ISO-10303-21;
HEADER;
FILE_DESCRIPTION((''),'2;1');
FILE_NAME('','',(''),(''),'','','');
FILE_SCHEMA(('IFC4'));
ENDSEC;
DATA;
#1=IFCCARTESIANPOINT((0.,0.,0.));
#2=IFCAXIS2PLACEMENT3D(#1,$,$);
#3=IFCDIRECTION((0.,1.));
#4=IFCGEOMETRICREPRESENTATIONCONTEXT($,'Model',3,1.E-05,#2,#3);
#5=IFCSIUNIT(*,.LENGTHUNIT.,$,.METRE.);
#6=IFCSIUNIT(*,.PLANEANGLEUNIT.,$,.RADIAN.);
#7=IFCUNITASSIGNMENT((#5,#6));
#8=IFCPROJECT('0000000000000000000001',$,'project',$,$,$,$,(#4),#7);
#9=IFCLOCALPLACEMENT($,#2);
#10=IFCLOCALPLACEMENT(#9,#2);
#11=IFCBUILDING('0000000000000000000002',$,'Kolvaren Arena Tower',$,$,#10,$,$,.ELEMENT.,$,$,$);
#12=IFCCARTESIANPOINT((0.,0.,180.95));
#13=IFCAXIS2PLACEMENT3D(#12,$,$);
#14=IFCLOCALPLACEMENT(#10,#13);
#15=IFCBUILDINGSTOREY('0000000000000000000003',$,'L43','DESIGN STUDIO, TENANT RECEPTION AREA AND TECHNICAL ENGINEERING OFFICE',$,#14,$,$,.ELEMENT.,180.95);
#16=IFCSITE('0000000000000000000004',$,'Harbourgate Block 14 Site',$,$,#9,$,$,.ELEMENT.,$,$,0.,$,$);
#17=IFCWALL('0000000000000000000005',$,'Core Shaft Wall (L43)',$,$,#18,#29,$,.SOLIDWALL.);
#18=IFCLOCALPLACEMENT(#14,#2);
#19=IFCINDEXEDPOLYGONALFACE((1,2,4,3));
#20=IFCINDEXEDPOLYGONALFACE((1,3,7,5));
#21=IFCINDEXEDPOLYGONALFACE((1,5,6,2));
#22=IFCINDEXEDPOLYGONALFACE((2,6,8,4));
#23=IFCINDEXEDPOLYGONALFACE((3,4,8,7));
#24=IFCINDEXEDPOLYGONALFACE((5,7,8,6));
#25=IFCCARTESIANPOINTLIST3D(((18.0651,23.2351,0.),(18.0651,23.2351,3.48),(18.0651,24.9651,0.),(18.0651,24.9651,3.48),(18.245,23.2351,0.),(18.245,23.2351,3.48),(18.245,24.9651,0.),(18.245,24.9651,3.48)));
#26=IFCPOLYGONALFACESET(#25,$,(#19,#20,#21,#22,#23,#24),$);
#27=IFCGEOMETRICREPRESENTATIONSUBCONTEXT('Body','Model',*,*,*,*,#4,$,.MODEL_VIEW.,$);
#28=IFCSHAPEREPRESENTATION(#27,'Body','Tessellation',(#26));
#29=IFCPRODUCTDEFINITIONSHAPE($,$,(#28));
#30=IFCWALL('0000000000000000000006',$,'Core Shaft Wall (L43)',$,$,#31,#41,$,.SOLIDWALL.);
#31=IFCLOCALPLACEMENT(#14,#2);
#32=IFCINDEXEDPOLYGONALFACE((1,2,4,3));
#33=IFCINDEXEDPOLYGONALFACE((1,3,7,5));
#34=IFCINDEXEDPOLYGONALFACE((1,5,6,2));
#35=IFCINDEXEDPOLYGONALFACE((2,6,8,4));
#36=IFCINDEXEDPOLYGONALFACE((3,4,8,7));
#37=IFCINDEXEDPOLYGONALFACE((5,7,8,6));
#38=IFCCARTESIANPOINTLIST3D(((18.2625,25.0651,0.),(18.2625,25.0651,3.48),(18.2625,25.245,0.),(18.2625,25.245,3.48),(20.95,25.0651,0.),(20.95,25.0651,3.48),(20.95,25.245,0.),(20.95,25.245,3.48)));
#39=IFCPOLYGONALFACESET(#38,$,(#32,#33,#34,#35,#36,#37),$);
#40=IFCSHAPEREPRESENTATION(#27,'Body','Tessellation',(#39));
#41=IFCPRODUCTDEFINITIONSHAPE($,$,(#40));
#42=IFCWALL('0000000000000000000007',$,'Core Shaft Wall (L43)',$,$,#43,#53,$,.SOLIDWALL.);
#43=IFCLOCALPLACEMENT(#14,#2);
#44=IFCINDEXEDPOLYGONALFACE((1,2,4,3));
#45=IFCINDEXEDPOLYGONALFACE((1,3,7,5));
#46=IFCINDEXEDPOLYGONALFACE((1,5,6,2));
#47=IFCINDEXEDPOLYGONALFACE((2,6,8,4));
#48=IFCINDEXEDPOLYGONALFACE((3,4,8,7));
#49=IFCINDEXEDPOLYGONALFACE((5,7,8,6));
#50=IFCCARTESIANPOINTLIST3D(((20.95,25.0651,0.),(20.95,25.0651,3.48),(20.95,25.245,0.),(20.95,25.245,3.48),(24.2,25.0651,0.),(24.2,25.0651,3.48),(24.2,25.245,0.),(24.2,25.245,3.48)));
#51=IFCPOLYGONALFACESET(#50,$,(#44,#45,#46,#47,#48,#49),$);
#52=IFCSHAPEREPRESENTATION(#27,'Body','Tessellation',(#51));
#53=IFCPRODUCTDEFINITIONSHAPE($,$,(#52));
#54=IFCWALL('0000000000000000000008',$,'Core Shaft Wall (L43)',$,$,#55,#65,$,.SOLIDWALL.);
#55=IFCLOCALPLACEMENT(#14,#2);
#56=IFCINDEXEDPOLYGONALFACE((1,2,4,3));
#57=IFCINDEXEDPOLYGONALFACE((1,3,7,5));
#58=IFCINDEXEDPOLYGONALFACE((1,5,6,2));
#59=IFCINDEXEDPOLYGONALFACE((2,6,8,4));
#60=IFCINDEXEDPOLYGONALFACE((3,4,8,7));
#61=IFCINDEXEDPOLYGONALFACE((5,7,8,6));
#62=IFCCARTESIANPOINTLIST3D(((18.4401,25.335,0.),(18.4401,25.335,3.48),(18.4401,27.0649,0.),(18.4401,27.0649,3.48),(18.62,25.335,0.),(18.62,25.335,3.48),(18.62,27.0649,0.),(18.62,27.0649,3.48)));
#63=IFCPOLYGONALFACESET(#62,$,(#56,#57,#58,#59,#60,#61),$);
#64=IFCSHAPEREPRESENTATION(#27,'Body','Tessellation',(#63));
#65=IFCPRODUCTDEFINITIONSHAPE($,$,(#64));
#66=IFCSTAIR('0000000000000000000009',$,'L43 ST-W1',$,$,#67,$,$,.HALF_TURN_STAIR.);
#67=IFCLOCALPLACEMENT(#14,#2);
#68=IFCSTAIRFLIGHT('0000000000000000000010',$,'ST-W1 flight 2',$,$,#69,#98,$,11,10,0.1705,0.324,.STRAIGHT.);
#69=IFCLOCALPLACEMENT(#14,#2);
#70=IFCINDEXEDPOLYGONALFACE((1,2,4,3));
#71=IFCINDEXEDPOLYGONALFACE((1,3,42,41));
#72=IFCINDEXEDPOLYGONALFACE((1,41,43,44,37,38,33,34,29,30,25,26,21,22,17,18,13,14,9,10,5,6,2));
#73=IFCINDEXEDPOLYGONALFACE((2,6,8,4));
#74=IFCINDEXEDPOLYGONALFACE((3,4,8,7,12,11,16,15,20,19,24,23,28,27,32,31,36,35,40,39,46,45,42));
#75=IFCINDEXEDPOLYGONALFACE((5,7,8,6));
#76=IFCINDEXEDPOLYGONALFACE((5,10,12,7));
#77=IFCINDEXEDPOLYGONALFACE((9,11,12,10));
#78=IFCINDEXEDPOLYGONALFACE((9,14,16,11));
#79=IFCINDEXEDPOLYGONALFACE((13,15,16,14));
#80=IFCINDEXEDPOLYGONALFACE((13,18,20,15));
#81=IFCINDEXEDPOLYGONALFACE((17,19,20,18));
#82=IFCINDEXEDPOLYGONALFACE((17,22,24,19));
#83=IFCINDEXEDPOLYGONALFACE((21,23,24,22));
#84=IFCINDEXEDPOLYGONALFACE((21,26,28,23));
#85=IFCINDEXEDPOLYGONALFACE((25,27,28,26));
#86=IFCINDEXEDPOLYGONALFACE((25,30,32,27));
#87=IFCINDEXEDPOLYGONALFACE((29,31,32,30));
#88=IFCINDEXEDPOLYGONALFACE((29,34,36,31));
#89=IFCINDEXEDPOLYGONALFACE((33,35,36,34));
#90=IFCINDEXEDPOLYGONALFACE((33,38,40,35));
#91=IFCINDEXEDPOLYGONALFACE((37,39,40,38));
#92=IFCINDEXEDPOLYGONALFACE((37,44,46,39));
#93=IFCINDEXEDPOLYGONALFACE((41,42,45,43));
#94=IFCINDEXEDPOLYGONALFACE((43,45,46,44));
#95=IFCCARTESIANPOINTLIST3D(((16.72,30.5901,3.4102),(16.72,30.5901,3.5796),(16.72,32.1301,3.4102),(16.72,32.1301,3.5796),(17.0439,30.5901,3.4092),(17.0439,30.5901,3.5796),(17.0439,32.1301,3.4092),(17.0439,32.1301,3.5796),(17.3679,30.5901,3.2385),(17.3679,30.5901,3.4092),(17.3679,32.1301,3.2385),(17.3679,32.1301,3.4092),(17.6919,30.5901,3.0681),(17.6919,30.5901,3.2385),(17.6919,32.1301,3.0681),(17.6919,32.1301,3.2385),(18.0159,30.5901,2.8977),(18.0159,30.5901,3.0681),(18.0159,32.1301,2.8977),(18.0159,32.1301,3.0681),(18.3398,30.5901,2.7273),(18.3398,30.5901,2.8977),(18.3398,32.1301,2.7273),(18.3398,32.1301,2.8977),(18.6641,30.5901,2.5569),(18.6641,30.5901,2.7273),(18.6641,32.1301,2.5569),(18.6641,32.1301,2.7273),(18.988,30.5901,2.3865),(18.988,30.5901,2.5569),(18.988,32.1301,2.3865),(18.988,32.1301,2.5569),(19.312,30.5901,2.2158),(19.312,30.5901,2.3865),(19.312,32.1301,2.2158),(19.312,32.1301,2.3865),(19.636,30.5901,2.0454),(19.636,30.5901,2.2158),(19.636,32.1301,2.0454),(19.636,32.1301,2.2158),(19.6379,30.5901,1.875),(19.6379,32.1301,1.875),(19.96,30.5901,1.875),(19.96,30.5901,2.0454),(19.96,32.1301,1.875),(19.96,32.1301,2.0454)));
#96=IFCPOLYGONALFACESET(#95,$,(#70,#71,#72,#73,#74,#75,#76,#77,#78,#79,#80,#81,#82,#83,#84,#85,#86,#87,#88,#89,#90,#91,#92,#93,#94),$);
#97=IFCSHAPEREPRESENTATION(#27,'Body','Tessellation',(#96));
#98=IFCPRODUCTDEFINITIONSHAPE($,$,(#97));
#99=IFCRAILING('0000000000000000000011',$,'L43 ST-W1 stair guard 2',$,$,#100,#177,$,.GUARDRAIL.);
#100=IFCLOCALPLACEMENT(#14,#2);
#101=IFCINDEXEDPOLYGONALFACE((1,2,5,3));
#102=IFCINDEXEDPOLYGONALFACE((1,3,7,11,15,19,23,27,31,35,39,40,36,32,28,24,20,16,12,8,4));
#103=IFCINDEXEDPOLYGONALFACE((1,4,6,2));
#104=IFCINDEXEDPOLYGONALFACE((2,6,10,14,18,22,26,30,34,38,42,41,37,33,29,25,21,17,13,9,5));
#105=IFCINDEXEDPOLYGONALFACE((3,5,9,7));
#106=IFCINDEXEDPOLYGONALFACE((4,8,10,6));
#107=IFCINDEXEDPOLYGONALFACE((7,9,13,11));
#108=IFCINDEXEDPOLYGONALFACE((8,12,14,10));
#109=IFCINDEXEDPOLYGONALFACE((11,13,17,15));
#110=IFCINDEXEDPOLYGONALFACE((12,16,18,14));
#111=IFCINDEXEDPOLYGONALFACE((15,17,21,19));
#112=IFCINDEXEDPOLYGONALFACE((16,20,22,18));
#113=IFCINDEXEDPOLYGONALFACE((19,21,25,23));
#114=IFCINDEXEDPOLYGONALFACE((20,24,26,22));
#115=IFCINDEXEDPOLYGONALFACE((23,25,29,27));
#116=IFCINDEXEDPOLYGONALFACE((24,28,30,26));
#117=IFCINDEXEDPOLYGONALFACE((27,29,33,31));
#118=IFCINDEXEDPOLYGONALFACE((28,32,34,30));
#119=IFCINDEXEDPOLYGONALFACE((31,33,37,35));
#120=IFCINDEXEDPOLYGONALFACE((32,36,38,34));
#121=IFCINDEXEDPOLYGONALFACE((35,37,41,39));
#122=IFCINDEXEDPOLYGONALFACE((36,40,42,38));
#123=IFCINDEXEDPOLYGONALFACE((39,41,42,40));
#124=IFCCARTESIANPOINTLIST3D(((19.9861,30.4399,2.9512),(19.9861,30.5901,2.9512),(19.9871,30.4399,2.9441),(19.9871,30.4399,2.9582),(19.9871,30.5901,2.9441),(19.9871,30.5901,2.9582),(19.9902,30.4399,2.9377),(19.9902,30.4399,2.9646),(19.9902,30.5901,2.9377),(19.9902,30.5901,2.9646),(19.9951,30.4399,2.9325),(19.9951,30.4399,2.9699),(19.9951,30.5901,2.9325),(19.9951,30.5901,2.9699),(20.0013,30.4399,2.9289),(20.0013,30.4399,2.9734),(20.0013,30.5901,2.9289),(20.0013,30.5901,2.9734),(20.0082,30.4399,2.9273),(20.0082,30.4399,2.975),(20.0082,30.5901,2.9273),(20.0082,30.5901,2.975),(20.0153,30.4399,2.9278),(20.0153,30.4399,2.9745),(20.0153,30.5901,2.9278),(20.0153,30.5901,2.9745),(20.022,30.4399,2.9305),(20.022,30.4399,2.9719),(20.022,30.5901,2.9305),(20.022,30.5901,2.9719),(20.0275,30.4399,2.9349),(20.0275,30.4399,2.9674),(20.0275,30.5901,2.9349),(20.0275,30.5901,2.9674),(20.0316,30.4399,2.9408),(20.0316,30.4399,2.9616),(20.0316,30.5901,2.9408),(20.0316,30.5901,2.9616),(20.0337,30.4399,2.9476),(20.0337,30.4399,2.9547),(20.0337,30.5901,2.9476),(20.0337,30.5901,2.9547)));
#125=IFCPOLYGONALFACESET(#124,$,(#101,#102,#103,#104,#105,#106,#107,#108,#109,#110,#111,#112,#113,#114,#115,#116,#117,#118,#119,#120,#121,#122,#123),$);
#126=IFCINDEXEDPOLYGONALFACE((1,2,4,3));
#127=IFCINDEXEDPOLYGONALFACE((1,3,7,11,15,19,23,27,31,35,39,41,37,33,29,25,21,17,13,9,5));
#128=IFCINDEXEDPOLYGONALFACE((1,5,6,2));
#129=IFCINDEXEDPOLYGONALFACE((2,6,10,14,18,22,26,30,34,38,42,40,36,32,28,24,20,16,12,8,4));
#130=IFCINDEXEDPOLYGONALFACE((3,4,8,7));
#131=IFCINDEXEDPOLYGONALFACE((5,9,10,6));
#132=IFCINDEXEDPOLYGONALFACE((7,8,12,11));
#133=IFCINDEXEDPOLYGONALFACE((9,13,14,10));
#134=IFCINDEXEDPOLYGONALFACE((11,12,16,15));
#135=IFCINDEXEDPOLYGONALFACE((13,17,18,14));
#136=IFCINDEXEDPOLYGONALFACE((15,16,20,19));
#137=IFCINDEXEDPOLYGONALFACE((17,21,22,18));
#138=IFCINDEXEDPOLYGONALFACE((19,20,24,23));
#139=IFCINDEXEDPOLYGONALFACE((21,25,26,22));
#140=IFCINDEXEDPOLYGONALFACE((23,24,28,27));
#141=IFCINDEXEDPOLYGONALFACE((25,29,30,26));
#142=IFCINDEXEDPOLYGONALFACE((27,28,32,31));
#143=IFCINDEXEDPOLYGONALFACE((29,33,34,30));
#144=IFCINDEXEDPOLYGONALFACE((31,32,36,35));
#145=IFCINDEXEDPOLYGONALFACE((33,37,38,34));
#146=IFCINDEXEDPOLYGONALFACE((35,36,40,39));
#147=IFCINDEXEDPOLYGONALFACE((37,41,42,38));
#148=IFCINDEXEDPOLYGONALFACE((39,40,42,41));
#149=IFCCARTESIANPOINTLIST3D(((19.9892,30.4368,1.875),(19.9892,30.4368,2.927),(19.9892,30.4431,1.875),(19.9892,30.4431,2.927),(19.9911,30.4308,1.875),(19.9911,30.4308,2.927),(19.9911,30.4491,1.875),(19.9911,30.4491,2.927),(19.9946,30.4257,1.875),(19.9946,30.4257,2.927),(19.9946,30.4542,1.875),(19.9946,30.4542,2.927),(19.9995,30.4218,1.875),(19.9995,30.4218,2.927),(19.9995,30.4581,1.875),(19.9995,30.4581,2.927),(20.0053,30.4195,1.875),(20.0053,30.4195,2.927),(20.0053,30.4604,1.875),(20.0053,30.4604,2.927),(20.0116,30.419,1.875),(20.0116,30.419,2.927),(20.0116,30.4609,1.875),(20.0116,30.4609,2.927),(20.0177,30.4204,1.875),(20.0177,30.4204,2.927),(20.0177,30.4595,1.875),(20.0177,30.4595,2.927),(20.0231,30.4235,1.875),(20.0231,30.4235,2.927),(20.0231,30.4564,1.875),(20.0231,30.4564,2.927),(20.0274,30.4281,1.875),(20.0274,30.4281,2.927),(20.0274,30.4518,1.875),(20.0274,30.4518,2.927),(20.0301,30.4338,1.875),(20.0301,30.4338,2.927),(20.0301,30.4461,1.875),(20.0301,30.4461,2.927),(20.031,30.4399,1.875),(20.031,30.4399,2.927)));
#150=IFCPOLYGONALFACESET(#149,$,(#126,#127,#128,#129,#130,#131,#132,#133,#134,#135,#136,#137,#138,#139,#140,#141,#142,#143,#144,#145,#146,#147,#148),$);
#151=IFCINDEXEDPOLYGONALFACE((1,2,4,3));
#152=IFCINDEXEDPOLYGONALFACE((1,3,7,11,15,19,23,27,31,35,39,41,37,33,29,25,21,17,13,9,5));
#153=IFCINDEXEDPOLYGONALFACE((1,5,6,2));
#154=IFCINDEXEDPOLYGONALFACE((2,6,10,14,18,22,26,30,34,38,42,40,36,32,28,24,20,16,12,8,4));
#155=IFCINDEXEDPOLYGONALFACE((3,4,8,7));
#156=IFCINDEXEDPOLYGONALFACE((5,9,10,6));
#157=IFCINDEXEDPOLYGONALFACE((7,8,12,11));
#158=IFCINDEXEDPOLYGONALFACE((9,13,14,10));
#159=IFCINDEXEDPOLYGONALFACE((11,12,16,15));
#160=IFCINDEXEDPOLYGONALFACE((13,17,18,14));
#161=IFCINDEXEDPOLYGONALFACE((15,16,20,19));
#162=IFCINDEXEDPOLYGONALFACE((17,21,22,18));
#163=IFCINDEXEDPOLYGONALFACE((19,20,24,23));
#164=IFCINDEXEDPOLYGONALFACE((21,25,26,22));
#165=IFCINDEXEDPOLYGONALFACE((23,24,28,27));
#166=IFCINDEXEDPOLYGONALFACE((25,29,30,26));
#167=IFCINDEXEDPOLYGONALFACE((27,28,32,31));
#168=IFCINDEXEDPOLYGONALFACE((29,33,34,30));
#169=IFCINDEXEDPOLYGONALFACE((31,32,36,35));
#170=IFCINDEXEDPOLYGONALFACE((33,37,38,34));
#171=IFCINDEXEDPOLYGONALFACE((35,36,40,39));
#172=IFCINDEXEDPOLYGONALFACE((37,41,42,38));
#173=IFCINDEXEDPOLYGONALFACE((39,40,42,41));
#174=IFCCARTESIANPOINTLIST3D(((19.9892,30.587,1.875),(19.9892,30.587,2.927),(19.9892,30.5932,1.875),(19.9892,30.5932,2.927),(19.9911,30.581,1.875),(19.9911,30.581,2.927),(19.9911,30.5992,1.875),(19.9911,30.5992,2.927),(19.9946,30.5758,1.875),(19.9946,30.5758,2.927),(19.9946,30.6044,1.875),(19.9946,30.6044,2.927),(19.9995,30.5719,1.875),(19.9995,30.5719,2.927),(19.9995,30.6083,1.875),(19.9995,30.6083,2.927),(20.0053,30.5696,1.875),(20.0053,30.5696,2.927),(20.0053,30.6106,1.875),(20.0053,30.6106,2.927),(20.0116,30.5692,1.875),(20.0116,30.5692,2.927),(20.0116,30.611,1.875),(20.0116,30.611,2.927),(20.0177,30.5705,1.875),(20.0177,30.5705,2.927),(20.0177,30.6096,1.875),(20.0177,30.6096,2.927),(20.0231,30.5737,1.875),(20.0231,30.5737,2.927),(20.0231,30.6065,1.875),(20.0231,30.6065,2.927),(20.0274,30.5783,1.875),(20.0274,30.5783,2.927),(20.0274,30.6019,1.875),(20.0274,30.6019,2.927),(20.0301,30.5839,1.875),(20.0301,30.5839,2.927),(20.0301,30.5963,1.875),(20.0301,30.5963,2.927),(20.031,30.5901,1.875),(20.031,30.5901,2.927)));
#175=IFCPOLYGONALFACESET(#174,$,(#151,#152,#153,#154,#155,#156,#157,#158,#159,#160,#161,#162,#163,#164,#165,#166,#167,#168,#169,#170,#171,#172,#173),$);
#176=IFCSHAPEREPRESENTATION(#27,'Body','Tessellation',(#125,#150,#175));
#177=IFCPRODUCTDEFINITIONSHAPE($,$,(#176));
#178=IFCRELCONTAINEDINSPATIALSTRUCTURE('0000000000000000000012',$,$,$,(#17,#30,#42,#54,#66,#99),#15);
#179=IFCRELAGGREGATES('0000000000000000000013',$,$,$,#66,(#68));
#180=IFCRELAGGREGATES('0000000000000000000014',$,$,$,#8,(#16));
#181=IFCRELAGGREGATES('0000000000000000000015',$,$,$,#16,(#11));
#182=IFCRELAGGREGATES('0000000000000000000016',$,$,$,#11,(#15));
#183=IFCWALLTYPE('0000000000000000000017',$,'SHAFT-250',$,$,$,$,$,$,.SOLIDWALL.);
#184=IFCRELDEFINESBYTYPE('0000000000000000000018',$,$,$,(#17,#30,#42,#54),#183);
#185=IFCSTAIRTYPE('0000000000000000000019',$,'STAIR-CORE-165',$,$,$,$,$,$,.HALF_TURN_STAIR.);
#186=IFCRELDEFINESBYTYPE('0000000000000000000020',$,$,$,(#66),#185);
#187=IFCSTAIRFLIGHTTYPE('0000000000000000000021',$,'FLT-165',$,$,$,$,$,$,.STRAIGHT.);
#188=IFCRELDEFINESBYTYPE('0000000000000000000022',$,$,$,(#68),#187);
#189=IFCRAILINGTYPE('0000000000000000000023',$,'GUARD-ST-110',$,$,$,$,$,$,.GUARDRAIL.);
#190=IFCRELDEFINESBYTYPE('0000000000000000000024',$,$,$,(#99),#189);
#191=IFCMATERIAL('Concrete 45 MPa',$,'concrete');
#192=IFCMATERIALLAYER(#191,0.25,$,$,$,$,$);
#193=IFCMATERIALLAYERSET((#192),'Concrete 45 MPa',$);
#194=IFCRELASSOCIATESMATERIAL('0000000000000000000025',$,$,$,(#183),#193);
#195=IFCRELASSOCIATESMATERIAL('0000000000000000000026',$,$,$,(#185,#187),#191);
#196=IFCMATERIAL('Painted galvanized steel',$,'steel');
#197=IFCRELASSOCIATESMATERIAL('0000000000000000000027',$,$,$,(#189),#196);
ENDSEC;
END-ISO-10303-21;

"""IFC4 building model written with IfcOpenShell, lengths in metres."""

from ifc_helpers import new_model, si_unit, direction, frame, frame_2d, origin, origin_2d, place, context, subcontext, project, spatial, polyline, rectangle, circle, outline, extrude, material, layer, layer_set, type_object, element, aggregate, save


model = new_model("IFC4")

# Units and contexts
model_context = context("Model", 3, precision=1e-05, world=origin(), true_north=direction((0.0, 1.0)))
body_context = subcontext(model_context, "Body", "Model", "MODEL_VIEW")
ifc_project = project(units=[si_unit("LENGTHUNIT", "METRE"), si_unit("PLANEANGLEUNIT", "RADIAN")], contexts=[model_context])

# Site, building, storey
site_placement = place(None, origin())
site = spatial("IfcSite", under=ifc_project, at=site_placement, Name="Harbourgate Block 14 Site", CompositionType="ELEMENT", RefElevation=0.0)
building_placement = place(site_placement, origin())
building = spatial("IfcBuilding", under=site, at=building_placement, Name="Kolvaren Arena Tower", CompositionType="ELEMENT")
storey_placement = place(building_placement, frame((0.0, 0.0, 180.95)))
storey = spatial("IfcBuildingStorey", under=building, at=storey_placement, Name="L43", Description="DESIGN STUDIO, TENANT RECEPTION AREA AND TECHNICAL ENGINEERING OFFICE", CompositionType="ELEMENT", Elevation=180.95)

# Shared definitions
ifc_material_1 = material(Name="Concrete 45 MPa", Category="concrete")
ifc_layer_1 = layer(ifc_material_1, 0.25)
ifc_layer_set_1 = layer_set([ifc_layer_1], Name="Concrete 45 MPa")
wall_type_1 = type_object("IfcWallType", Name="SHAFT-250", PredefinedType="SOLIDWALL", material=ifc_layer_set_1)

# Walls
wall_1_placement = place(storey_placement, frame((18.155, 23.2351, 0.0), z_axis=(0.0, 0.0, 1.0), x_axis=(0.0, 1.0, 0.0)))
element("IfcWall", 1, at=wall_1_placement, inside=storey, type_object=wall_type_1, Name="Core Shaft Wall (L43)", PredefinedType="SOLIDWALL", context=body_context, shape_type="SweptSolid", body=[
    extrude(rectangle(XDim=1.73, YDim=0.1799, at=frame_2d((0.865, 0.0))), origin(), (0.0, 0.0, 1.0), 3.48),
])
wall_2_placement = place(storey_placement, frame((18.2625, 25.155, 0.0), z_axis=(0.0, 0.0, 1.0), x_axis=(1.0, 0.0, 0.0)))
element("IfcWall", 2, at=wall_2_placement, inside=storey, type_object=wall_type_1, Name="Core Shaft Wall (L43)", PredefinedType="SOLIDWALL", context=body_context, shape_type="SweptSolid", body=[
    extrude(rectangle(XDim=2.6875, YDim=0.1799, at=frame_2d((1.3438, 0.0))), origin(), (0.0, 0.0, 1.0), 3.48),
])
wall_3_placement = place(storey_placement, frame((20.95, 25.155, 0.0), z_axis=(0.0, 0.0, 1.0), x_axis=(1.0, 0.0, 0.0)))
element("IfcWall", 3, at=wall_3_placement, inside=storey, type_object=wall_type_1, Name="Core Shaft Wall (L43)", PredefinedType="SOLIDWALL", context=body_context, shape_type="SweptSolid", body=[
    extrude(rectangle(XDim=3.25, YDim=0.1799, at=frame_2d((1.625, 0.0))), origin(), (0.0, 0.0, 1.0), 3.48),
])
wall_4_placement = place(storey_placement, frame((18.53, 25.335, 0.0), z_axis=(0.0, 0.0, 1.0), x_axis=(0.0, 1.0, 0.0)))
element("IfcWall", 4, at=wall_4_placement, inside=storey, type_object=wall_type_1, Name="Core Shaft Wall (L43)", PredefinedType="SOLIDWALL", context=body_context, shape_type="SweptSolid", body=[
    extrude(rectangle(XDim=1.73, YDim=0.1799, at=frame_2d((0.865, 0.0))), origin(), (0.0, 0.0, 1.0), 3.48),
])

# Stair, stair flight
stair_type = type_object("IfcStairType", Name="STAIR-CORE-165", PredefinedType="HALF_TURN_STAIR", material=ifc_material_1)
stair_placement = place(storey_placement, origin())
stair = element("IfcStair", 5, at=stair_placement, inside=storey, type_object=stair_type, Name="L43 ST-W1", PredefinedType="HALF_TURN_STAIR")
stair_flight_type = type_object("IfcStairFlightType", Name="FLT-165", PredefinedType="STRAIGHT", material=ifc_material_1)
stair_flight_placement = place(storey_placement, frame((19.96, 31.3601, 1.875), z_axis=(0.0, 0.0, 1.0), x_axis=(-1.0, 0.0, 0.0)))
stair_flight = element("IfcStairFlight", 6, at=stair_flight_placement, type_object=stair_flight_type, Name="ST-W1 flight 2", NumberOfRisers=11, NumberOfTreads=10, PredefinedType="STRAIGHT", RiserHeight=0.1705, TreadLength=0.324, context=body_context, shape_type="SweptSolid", body=[
    extrude(outline(polyline([(0.0, 0.0), (0.0, 0.1704), (0.324, 0.1704), (0.324, 0.3408), (0.6479, 0.3408), (0.6479, 0.5115), (0.9719, 0.5115), (0.9719, 0.6819), (1.2959, 0.6819), (1.2959, 0.8523), (1.6201, 0.8523), (1.6201, 1.0227), (1.9441, 1.0227), (1.9441, 1.1931), (2.2681, 1.1931), (2.2681, 1.3635), (2.592, 1.3635), (2.592, 1.5342), (2.916, 1.5342), (2.916, 1.7046), (3.24, 1.7046), (3.24, 1.875), (3.24, 1.5352), (0.322, 0.0), (0.0, 0.0)])), frame((0.0, 0.77, 0.0), z_axis=(0.0, -1.0, 0.0), x_axis=(1.0, 0.0, 0.0)), (0.0, 0.0, 1.0), 1.54),
])
aggregate(stair, [stair_flight])

# Railing
ifc_material_2 = material(Name="Painted galvanized steel", Category="steel")
railing_type_1 = type_object("IfcRailingType", Name="GUARD-ST-110", PredefinedType="GUARDRAIL", material=ifc_material_2)
railing_1_placement = place(storey_placement, frame((20.01, 30.4399, 1.875)))
element("IfcRailing", 7, at=railing_1_placement, inside=storey, type_object=railing_type_1, Name="L43 ST-W1 stair guard 2", PredefinedType="GUARDRAIL", context=body_context, shape_type="SweptSolid", body=[
    extrude(circle(Radius=0.0239, at=origin_2d()), frame((0.0, 0.0, 1.0762), z_axis=(0.0, 1.0, 0.0), x_axis=(-1.0, 0.0, 0.0)), (0.0, 0.0, 1.0), 0.1501),
    extrude(circle(Radius=0.021, at=origin_2d()), origin(), (0.0, 0.0, 1.0), 1.052),
    extrude(circle(Radius=0.021, at=origin_2d()), frame((0.0, 0.1501, 0.0)), (0.0, 0.0, 1.0), 1.052),
])

save(model, "model.ifc")
